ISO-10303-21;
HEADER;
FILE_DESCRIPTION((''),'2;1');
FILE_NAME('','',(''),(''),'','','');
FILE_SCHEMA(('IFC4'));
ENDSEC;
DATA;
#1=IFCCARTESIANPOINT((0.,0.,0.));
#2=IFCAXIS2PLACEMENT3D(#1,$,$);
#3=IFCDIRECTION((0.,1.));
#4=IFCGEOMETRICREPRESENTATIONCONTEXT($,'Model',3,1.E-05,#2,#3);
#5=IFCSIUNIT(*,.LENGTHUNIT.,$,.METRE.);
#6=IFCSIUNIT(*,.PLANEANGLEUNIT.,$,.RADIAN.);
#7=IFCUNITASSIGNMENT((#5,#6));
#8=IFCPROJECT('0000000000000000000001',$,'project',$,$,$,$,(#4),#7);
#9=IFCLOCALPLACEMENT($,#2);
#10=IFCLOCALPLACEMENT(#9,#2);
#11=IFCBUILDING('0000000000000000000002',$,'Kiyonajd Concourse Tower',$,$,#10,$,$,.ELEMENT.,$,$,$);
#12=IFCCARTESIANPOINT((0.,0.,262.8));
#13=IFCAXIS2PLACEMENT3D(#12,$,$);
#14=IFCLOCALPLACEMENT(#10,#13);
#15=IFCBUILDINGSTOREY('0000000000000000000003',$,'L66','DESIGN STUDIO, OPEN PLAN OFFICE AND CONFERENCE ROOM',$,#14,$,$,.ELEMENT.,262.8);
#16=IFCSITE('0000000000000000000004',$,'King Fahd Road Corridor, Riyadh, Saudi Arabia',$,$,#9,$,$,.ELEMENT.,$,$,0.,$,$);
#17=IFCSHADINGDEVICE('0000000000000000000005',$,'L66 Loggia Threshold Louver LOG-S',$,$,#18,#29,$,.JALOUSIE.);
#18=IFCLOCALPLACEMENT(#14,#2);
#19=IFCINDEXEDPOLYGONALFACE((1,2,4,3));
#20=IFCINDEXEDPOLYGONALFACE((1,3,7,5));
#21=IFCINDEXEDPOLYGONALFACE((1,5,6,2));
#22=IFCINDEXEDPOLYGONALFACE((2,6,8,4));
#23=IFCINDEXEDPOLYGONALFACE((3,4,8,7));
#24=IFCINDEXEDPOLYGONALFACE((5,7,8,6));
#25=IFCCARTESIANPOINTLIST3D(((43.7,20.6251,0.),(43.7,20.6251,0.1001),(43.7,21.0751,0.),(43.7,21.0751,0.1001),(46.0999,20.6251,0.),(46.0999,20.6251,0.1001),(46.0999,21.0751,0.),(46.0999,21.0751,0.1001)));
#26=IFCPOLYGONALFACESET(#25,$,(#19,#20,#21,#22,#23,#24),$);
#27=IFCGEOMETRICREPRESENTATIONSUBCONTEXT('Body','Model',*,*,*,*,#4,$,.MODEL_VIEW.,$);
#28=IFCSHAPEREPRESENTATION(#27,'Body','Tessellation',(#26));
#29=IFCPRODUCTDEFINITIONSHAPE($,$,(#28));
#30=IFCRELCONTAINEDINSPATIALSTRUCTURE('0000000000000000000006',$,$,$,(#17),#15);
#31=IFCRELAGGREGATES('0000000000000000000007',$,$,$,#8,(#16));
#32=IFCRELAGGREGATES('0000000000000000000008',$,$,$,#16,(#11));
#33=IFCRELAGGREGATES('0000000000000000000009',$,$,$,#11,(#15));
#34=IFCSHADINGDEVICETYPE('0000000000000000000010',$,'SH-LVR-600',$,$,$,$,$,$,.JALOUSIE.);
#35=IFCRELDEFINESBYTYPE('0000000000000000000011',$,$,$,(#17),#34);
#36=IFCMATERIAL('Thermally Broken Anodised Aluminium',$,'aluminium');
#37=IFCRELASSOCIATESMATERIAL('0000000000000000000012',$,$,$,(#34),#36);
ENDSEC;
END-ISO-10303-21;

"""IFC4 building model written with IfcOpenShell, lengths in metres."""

from ifc_helpers import new_model, si_unit, direction, frame, origin, origin_2d, place, context, subcontext, project, spatial, rectangle, extrude, material, type_object, element, save


model = new_model("IFC4")

# Units and contexts
model_context = context("Model", 3, precision=1e-05, world=origin(), true_north=direction((0.0, 1.0)))
body_context = subcontext(model_context, "Body", "Model", "MODEL_VIEW")
ifc_project = project(units=[si_unit("LENGTHUNIT", "METRE"), si_unit("PLANEANGLEUNIT", "RADIAN")], contexts=[model_context])

# Site, building, storey
site_placement = place(None, origin())
site = spatial("IfcSite", under=ifc_project, at=site_placement, Name="King Fahd Road Corridor, Riyadh, Saudi Arabia", CompositionType="ELEMENT", RefElevation=0.0)
building_placement = place(site_placement, origin())
building = spatial("IfcBuilding", under=site, at=building_placement, Name="Kiyonajd Concourse Tower", CompositionType="ELEMENT")
storey_placement = place(building_placement, frame((0.0, 0.0, 262.8)))
storey = spatial("IfcBuildingStorey", under=building, at=storey_placement, Name="L66", Description="DESIGN STUDIO, OPEN PLAN OFFICE AND CONFERENCE ROOM", CompositionType="ELEMENT", Elevation=262.8)

# Shared definitions
ifc_material_1 = material(Name="Thermally Broken Anodised Aluminium", Category="aluminium")

# Shading device
shading_device_type_1 = type_object("IfcShadingDeviceType", Name="SH-LVR-600", PredefinedType="JALOUSIE", material=ifc_material_1)
shading_device_1_placement = place(storey_placement, frame((44.8999, 20.8501, 0.0), z_axis=(0.0, 0.0, 1.0), x_axis=(1.0, 0.0, 0.0)))
element("IfcShadingDevice", 1, at=shading_device_1_placement, inside=storey, type_object=shading_device_type_1, Name="L66 Loggia Threshold Louver LOG-S", PredefinedType="JALOUSIE", context=body_context, shape_type="SweptSolid", body=[
    extrude(rectangle(XDim=2.3999, YDim=0.45, at=origin_2d()), origin(), (0.0, 0.0, 1.0), 0.1001),
])

save(model, "model.ifc")
